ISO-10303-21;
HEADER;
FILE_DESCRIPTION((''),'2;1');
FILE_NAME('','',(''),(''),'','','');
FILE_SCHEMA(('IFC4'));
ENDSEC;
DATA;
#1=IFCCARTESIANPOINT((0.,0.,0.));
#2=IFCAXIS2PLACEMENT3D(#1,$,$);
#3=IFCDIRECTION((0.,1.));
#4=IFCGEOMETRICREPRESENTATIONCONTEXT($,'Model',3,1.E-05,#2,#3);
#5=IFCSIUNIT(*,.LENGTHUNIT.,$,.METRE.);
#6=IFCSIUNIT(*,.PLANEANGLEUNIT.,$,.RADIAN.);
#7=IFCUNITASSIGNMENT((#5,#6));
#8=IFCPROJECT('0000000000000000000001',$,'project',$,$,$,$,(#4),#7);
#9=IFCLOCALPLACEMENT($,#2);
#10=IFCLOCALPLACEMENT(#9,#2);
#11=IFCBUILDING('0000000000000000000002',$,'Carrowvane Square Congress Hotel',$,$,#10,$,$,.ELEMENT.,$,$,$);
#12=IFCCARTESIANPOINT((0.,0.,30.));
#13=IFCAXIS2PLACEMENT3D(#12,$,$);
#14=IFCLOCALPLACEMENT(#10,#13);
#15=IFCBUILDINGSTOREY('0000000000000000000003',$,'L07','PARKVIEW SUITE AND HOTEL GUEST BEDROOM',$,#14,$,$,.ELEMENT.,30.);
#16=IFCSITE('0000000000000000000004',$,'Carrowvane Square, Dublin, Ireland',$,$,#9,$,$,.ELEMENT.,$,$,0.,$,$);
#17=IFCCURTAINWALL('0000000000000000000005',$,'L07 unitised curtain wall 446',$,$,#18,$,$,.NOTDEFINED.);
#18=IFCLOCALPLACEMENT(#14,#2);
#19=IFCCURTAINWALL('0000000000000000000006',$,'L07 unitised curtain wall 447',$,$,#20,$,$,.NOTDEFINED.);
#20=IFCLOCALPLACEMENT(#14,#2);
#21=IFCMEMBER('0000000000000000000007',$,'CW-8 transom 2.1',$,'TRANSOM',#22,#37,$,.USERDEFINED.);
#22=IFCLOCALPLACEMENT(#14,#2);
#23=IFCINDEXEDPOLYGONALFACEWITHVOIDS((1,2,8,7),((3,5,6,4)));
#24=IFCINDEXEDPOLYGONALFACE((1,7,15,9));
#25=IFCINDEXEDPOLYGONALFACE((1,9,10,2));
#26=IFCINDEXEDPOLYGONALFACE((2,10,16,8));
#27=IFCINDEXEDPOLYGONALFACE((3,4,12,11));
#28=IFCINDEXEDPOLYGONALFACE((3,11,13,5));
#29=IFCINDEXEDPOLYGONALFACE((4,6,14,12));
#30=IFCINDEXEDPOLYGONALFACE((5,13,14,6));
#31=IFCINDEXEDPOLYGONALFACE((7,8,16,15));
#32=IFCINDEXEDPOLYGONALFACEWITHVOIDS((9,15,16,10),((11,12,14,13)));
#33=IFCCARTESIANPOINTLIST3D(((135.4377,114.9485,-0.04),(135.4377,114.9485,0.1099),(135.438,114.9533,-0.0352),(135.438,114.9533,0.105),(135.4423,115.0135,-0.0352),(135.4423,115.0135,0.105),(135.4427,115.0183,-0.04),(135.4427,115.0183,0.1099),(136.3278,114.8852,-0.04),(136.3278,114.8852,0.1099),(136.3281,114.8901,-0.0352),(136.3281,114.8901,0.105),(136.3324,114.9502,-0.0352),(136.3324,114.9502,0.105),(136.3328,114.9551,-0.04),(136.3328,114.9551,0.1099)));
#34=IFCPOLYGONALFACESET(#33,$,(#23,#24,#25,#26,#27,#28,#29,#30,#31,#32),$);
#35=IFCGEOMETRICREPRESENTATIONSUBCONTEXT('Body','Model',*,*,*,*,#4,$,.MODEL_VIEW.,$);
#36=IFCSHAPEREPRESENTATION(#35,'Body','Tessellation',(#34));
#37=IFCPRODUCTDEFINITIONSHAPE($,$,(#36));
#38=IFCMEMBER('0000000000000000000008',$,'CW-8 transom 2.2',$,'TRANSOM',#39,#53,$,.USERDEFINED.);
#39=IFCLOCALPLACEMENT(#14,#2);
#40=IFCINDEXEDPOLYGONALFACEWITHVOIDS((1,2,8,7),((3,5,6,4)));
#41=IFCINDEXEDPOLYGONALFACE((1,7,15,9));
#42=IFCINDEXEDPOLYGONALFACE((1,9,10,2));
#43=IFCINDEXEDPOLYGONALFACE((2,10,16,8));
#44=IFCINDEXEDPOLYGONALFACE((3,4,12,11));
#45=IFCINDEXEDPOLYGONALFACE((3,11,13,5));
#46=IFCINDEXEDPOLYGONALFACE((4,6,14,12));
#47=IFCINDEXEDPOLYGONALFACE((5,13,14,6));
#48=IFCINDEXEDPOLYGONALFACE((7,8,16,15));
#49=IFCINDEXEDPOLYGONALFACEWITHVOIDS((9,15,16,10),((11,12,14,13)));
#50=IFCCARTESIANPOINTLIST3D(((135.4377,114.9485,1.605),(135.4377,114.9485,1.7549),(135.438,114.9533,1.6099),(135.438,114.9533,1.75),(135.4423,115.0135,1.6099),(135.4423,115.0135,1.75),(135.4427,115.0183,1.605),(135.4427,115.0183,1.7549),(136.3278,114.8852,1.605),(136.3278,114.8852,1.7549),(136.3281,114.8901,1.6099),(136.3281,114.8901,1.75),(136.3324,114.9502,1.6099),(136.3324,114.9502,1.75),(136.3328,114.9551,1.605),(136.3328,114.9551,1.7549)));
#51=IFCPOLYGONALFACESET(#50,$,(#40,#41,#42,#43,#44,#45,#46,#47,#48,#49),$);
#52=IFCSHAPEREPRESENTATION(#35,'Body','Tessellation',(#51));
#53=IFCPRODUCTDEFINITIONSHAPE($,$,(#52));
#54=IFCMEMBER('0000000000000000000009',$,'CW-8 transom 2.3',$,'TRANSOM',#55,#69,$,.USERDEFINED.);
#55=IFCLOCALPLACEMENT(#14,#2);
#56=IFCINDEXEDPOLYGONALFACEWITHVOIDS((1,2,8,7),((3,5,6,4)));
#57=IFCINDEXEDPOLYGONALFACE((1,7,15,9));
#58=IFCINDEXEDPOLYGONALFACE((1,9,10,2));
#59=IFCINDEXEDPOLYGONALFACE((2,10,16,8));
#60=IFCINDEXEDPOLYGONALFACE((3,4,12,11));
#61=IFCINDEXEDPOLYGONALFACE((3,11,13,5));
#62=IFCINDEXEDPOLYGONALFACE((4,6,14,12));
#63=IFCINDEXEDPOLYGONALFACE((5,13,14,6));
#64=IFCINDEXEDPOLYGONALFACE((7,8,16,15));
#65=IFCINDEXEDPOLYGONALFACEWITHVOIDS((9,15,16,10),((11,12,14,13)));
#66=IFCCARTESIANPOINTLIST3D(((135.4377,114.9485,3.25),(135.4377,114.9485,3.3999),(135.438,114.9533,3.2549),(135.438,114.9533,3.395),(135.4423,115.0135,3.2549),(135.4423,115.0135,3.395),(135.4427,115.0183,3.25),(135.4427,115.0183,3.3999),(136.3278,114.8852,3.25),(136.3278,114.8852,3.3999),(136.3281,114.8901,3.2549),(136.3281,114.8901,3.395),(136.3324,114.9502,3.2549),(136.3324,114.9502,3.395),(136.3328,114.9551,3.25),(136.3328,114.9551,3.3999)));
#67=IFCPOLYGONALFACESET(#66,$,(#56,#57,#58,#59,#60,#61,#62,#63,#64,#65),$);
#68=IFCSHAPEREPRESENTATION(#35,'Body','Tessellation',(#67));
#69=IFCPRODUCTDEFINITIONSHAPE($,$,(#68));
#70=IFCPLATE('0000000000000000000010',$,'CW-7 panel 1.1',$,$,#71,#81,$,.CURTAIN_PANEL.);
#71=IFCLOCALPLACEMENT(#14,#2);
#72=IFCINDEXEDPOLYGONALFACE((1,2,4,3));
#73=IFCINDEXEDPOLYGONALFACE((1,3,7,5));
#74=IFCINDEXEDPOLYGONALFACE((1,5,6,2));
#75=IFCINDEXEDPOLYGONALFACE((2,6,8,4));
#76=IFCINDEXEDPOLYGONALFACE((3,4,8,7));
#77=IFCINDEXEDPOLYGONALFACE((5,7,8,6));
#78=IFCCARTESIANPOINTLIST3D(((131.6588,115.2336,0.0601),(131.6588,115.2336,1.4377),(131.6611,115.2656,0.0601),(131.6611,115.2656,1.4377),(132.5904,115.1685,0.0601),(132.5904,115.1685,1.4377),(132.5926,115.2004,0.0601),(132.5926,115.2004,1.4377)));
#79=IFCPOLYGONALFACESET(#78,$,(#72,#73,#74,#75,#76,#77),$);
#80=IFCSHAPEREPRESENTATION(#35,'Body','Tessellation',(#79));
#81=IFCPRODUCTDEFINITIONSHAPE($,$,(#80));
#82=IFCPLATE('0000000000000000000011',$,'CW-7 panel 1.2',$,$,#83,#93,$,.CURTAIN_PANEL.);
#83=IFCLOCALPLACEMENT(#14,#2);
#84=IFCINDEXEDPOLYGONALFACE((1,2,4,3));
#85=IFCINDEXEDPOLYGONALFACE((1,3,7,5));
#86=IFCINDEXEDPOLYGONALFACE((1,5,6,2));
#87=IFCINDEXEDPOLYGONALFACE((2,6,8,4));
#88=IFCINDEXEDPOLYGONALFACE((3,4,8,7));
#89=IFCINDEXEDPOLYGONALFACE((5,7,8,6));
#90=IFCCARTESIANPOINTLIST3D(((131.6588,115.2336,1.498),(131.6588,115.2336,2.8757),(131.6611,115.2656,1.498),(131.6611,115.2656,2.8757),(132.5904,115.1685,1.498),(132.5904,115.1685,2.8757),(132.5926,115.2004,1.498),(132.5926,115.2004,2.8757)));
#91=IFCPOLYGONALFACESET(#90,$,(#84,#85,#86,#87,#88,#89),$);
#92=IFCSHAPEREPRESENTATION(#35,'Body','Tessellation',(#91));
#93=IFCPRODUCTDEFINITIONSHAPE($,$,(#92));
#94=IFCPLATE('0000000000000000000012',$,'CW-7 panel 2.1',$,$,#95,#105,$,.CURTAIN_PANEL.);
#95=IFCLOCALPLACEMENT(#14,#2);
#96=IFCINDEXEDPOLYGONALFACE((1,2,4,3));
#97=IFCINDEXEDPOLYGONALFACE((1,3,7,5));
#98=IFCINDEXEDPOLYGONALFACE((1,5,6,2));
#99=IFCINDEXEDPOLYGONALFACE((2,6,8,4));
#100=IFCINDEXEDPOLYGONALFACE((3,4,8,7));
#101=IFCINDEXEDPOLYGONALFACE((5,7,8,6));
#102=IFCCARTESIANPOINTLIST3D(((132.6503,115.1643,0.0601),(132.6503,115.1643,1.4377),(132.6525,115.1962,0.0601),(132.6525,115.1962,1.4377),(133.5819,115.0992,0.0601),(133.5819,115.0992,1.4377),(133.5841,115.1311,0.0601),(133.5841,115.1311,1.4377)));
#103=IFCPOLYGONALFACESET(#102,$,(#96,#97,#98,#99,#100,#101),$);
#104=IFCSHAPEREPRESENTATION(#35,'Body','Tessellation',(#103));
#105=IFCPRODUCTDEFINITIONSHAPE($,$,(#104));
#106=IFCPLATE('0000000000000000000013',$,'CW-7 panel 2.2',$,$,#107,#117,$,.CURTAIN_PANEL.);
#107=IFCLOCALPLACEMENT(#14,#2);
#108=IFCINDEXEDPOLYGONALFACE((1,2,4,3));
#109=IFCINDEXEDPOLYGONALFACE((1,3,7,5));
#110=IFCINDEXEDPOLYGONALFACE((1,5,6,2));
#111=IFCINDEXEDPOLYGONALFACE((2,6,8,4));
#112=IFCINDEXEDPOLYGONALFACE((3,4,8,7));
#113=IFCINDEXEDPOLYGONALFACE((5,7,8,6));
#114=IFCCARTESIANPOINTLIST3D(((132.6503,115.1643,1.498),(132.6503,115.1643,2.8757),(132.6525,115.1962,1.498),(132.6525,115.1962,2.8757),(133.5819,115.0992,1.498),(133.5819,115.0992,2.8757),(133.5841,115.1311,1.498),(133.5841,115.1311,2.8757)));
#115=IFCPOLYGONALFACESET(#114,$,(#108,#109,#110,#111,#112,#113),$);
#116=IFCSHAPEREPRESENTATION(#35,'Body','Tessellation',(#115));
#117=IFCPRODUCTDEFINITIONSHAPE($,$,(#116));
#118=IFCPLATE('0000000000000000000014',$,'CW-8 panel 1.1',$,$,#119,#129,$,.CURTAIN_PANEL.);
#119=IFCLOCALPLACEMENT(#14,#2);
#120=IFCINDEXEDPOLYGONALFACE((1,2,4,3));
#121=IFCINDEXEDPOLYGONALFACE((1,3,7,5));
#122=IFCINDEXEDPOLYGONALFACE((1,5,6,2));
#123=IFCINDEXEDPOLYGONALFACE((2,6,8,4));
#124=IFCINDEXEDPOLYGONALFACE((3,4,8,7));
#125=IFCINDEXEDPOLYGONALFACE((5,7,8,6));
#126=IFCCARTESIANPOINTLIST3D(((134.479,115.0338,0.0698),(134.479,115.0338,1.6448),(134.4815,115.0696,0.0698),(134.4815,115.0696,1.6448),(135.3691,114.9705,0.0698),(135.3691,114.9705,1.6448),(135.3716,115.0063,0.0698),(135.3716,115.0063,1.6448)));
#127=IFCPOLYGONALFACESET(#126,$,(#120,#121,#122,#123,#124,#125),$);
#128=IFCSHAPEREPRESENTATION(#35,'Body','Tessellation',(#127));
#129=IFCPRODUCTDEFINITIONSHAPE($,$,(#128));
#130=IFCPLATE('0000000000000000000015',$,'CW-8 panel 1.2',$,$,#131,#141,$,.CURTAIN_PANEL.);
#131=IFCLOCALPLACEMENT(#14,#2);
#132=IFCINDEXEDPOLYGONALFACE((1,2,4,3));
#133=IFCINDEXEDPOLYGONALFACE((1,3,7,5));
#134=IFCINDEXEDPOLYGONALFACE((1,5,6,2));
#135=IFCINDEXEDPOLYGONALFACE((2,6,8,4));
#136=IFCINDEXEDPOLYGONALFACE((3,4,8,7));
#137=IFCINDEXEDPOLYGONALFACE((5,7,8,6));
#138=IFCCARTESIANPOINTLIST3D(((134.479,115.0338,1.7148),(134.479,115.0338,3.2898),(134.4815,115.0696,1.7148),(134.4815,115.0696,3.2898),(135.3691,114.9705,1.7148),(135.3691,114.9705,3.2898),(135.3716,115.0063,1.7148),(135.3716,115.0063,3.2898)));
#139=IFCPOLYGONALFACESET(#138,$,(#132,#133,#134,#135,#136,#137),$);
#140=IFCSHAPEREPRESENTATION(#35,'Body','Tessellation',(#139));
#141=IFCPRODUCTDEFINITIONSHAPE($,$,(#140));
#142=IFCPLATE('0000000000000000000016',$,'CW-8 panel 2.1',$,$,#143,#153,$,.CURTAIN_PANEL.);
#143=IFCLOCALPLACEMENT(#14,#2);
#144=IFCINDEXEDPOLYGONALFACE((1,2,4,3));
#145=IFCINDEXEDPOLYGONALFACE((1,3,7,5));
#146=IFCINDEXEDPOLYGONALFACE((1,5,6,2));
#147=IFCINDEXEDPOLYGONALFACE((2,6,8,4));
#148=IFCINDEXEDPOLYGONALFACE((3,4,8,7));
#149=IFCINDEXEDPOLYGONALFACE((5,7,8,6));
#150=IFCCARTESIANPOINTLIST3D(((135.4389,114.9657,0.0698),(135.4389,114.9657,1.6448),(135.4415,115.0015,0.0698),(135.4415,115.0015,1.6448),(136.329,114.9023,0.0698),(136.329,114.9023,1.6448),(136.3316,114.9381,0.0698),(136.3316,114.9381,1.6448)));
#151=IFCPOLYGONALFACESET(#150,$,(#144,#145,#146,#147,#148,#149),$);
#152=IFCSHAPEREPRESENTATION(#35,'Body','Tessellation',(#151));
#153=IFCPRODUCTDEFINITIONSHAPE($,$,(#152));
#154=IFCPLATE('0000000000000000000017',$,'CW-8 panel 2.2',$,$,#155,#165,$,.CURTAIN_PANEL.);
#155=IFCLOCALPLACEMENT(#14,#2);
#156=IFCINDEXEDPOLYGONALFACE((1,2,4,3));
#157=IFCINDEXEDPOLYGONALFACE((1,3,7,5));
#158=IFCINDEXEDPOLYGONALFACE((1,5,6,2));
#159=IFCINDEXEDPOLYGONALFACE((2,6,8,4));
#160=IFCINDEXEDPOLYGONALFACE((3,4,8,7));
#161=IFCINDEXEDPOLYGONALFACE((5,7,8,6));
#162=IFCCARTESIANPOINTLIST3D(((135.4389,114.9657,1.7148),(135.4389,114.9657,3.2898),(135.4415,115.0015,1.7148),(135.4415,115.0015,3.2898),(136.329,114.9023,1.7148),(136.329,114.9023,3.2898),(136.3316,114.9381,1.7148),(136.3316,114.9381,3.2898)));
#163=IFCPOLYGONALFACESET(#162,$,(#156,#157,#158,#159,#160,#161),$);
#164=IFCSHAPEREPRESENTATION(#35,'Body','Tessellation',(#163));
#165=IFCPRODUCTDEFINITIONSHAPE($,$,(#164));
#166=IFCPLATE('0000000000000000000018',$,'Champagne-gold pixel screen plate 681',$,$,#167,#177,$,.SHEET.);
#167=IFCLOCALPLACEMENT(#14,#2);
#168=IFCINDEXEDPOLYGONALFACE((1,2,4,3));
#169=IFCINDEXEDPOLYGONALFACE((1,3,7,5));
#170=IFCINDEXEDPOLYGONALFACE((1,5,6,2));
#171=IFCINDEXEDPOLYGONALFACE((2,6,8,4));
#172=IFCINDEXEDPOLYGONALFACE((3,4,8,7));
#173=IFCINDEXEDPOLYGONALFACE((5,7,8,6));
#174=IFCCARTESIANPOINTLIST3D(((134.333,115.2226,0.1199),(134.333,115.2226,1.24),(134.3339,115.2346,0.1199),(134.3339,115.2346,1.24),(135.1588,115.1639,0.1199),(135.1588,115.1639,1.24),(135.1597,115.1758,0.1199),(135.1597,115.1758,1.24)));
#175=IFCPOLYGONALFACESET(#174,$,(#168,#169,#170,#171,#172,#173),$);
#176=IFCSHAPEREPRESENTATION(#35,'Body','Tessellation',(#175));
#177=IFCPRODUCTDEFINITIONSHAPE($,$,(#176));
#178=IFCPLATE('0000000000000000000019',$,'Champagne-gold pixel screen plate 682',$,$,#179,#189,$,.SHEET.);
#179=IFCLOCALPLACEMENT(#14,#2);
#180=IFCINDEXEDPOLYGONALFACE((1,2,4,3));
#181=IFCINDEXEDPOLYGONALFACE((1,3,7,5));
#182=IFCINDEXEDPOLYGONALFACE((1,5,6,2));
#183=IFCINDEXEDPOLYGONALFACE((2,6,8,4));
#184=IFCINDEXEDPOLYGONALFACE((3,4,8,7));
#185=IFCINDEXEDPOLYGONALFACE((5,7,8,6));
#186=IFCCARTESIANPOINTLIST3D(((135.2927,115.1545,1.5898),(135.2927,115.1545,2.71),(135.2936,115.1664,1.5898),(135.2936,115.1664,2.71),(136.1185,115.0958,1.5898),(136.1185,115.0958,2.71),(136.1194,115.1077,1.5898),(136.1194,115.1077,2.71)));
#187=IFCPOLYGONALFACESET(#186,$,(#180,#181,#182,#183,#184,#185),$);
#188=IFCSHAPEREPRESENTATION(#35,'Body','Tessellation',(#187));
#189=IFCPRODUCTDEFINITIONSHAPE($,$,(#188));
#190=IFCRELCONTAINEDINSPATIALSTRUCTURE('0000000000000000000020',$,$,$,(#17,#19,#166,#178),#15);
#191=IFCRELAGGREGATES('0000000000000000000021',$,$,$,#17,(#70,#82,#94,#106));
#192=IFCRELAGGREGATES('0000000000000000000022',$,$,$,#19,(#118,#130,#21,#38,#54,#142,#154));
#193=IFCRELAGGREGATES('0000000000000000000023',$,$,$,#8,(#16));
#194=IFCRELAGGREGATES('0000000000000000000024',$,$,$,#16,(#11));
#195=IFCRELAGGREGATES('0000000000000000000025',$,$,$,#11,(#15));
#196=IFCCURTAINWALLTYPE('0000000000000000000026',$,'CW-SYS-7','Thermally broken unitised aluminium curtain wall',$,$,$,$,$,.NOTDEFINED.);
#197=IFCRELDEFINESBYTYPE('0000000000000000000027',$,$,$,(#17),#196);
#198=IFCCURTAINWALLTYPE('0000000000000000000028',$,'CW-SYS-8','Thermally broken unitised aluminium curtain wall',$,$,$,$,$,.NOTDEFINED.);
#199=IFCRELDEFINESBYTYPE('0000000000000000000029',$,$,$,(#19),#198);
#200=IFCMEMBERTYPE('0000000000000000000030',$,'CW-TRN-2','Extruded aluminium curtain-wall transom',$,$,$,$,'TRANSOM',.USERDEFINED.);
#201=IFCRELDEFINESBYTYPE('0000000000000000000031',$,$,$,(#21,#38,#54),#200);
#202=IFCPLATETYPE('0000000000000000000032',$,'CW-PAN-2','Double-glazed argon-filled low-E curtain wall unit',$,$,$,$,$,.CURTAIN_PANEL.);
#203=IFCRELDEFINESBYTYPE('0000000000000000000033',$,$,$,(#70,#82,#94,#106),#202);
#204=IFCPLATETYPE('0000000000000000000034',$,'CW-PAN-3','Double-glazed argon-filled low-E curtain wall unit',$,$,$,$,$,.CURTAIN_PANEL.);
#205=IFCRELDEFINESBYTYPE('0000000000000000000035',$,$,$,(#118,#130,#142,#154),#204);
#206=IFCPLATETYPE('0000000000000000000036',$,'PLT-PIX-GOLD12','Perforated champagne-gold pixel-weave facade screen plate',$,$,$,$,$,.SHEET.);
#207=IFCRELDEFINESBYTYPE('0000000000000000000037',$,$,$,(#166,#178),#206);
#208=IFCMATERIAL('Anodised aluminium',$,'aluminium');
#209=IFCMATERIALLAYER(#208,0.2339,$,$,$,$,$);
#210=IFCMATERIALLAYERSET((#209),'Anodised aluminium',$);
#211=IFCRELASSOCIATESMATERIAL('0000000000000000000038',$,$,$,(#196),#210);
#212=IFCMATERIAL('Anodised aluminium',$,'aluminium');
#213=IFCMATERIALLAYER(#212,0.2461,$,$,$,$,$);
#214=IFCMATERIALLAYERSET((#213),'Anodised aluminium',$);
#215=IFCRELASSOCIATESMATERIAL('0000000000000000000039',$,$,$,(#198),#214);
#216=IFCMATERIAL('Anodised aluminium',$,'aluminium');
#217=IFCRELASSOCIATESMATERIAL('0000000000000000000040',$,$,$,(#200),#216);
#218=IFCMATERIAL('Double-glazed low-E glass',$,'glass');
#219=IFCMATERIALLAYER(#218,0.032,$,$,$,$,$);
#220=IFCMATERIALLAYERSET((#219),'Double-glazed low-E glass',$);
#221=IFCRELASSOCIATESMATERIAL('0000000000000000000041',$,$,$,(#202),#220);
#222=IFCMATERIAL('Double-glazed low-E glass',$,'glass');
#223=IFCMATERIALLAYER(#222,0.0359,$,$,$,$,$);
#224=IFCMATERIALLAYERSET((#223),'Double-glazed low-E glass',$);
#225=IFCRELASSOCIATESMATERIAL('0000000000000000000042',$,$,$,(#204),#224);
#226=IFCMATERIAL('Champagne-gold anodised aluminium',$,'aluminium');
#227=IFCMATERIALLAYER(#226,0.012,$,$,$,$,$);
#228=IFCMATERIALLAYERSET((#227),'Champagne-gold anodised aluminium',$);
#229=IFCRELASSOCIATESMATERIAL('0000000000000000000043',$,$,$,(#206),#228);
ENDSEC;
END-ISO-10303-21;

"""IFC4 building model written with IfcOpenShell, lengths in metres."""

from ifc_helpers import new_model, si_unit, direction, frame, origin, origin_2d, place, context, subcontext, project, spatial, rectangle, hollow_rectangle, extrude, material, layer, layer_set, material_profile, profile_set, type_object, element, aggregate, save


model = new_model("IFC4")

# Units and contexts
model_context = context("Model", 3, precision=1e-05, world=origin(), true_north=direction((0.0, 1.0)))
body_context = subcontext(model_context, "Body", "Model", "MODEL_VIEW")
ifc_project = project(units=[si_unit("LENGTHUNIT", "METRE"), si_unit("PLANEANGLEUNIT", "RADIAN")], contexts=[model_context])

# Site, building, storey
site_placement = place(None, origin())
site = spatial("IfcSite", under=ifc_project, at=site_placement, Name="Carrowvane Square, Dublin, Ireland", CompositionType="ELEMENT", RefElevation=0.0)
building_placement = place(site_placement, origin())
building = spatial("IfcBuilding", under=site, at=building_placement, Name="Carrowvane Square Congress Hotel", CompositionType="ELEMENT")
storey_placement = place(building_placement, frame((0.0, 0.0, 30.0)))
storey = spatial("IfcBuildingStorey", under=building, at=storey_placement, Name="L07", Description="PARKVIEW SUITE AND HOTEL GUEST BEDROOM", CompositionType="ELEMENT", Elevation=30.0)

# Curtain wall
ifc_material_1 = material(Name="Anodised aluminium", Category="aluminium")
ifc_layer_1 = layer(ifc_material_1, 0.2339)
ifc_layer_set_1 = layer_set([ifc_layer_1], Name="Anodised aluminium")
curtain_wall_type_1 = type_object("IfcCurtainWallType", Name="CW-SYS-7", Description="Thermally broken unitised aluminium curtain wall", PredefinedType="NOTDEFINED", material=ifc_layer_set_1)
curtain_wall_1_placement = place(storey_placement, origin())
curtain_wall_1 = element("IfcCurtainWall", 1, at=curtain_wall_1_placement, inside=storey, type_object=curtain_wall_type_1, Name="L07 unitised curtain wall 446", PredefinedType="NOTDEFINED")

# Curtain wall
ifc_material_2 = material(Name="Anodised aluminium", Category="aluminium")
ifc_layer_2 = layer(ifc_material_2, 0.2461)
ifc_layer_set_2 = layer_set([ifc_layer_2], Name="Anodised aluminium")
curtain_wall_type_2 = type_object("IfcCurtainWallType", Name="CW-SYS-8", Description="Thermally broken unitised aluminium curtain wall", PredefinedType="NOTDEFINED", material=ifc_layer_set_2)
curtain_wall_2_placement = place(storey_placement, origin())
curtain_wall_2 = element("IfcCurtainWall", 2, at=curtain_wall_2_placement, inside=storey, type_object=curtain_wall_type_2, Name="L07 unitised curtain wall 447", PredefinedType="NOTDEFINED")

# Members
ifc_material_3 = material(Name="Anodised aluminium", Category="aluminium")
ifc_material_profile_1 = material_profile(ifc_material_3, hollow_rectangle(XDim=0.0701, YDim=0.1499, WallThickness=0.0049, at=origin_2d()), Name="CW-TR 70x150x5")
ifc_profile_set_1 = profile_set([ifc_material_profile_1], Name="Anodised aluminium")
member_type_1 = type_object("IfcMemberType", Name="CW-TRN-2", Description="Extruded aluminium curtain-wall transom", ElementType="TRANSOM", PredefinedType="USERDEFINED", material=ifc_profile_set_1)
member_1_placement = place(storey_placement, frame((135.4402, 114.9834, 0.0349), z_axis=(0.997486, -0.070858, 0.0), x_axis=(0.070858, 0.997486, 0.0)))
member_1 = element("IfcMember", 3, at=member_1_placement, type_object=member_type_1, Name="CW-8 transom 2.1", ObjectType="TRANSOM", PredefinedType="USERDEFINED", context=body_context, shape_type="SweptSolid", body=[
    extrude(hollow_rectangle(XDim=0.0701, YDim=0.1499, WallThickness=0.0049, at=origin_2d()), origin(), (0.0, 0.0, 1.0), 0.8923),
])
member_2_placement = place(storey_placement, frame((135.4402, 114.9834, 1.6799), z_axis=(0.997486, -0.070858, 0.0), x_axis=(0.070858, 0.997486, 0.0)))
member_2 = element("IfcMember", 4, at=member_2_placement, type_object=member_type_1, Name="CW-8 transom 2.2", ObjectType="TRANSOM", PredefinedType="USERDEFINED", context=body_context, shape_type="SweptSolid", body=[
    extrude(hollow_rectangle(XDim=0.0701, YDim=0.1499, WallThickness=0.0049, at=origin_2d()), origin(), (0.0, 0.0, 1.0), 0.8923),
])
member_3_placement = place(storey_placement, frame((135.4402, 114.9834, 3.325), z_axis=(0.997486, -0.070858, 0.0), x_axis=(0.070858, 0.997486, 0.0)))
member_3 = element("IfcMember", 5, at=member_3_placement, type_object=member_type_1, Name="CW-8 transom 2.3", ObjectType="TRANSOM", PredefinedType="USERDEFINED", context=body_context, shape_type="SweptSolid", body=[
    extrude(hollow_rectangle(XDim=0.0701, YDim=0.1499, WallThickness=0.0049, at=origin_2d()), origin(), (0.0, 0.0, 1.0), 0.8923),
])

# Plates
ifc_material_4 = material(Name="Double-glazed low-E glass", Category="glass")
ifc_layer_3 = layer(ifc_material_4, 0.032)
ifc_layer_set_3 = layer_set([ifc_layer_3], Name="Double-glazed low-E glass")
plate_type_1 = type_object("IfcPlateType", Name="CW-PAN-2", Description="Double-glazed argon-filled low-E curtain wall unit", PredefinedType="CURTAIN_PANEL", material=ifc_layer_set_3)
plate_1_placement = place(storey_placement, frame((132.1257, 115.217, 0.0601), z_axis=(0.0, 0.0, 1.0), x_axis=(0.997566, -0.069727, 0.0)))
plate_1 = element("IfcPlate", 6, at=plate_1_placement, type_object=plate_type_1, Name="CW-7 panel 1.1", PredefinedType="CURTAIN_PANEL", context=body_context, shape_type="SweptSolid", body=[
    extrude(rectangle(XDim=0.9338, YDim=0.032, at=origin_2d()), origin(), (0.0, 0.0, 1.0), 1.3777),
])
plate_2_placement = place(storey_placement, frame((132.1257, 115.217, 1.498), z_axis=(0.0, 0.0, 1.0), x_axis=(0.997566, -0.069727, 0.0)))
plate_2 = element("IfcPlate", 7, at=plate_2_placement, type_object=plate_type_1, Name="CW-7 panel 1.2", PredefinedType="CURTAIN_PANEL", context=body_context, shape_type="SweptSolid", body=[
    extrude(rectangle(XDim=0.9338, YDim=0.032, at=origin_2d()), origin(), (0.0, 0.0, 1.0), 1.3777),
])
plate_3_placement = place(storey_placement, frame((133.1172, 115.1477, 0.0601), z_axis=(0.0, 0.0, 1.0), x_axis=(0.997566, -0.069727, 0.0)))
plate_3 = element("IfcPlate", 8, at=plate_3_placement, type_object=plate_type_1, Name="CW-7 panel 2.1", PredefinedType="CURTAIN_PANEL", context=body_context, shape_type="SweptSolid", body=[
    extrude(rectangle(XDim=0.9338, YDim=0.032, at=origin_2d()), origin(), (0.0, 0.0, 1.0), 1.3777),
])
plate_4_placement = place(storey_placement, frame((133.1172, 115.1477, 1.498), z_axis=(0.0, 0.0, 1.0), x_axis=(0.997566, -0.069727, 0.0)))
plate_4 = element("IfcPlate", 9, at=plate_4_placement, type_object=plate_type_1, Name="CW-7 panel 2.2", PredefinedType="CURTAIN_PANEL", context=body_context, shape_type="SweptSolid", body=[
    extrude(rectangle(XDim=0.9338, YDim=0.032, at=origin_2d()), origin(), (0.0, 0.0, 1.0), 1.3777),
])
aggregate(curtain_wall_1, [plate_1, plate_2, plate_3, plate_4])
ifc_material_5 = material(Name="Double-glazed low-E glass", Category="glass")
ifc_layer_4 = layer(ifc_material_5, 0.0359)
ifc_layer_set_4 = layer_set([ifc_layer_4], Name="Double-glazed low-E glass")
plate_type_2 = type_object("IfcPlateType", Name="CW-PAN-3", Description="Double-glazed argon-filled low-E curtain wall unit", PredefinedType="CURTAIN_PANEL", material=ifc_layer_set_4)
plate_5_placement = place(storey_placement, frame((134.9253, 115.02, 0.0698), z_axis=(0.0, 0.0, 1.0), x_axis=(0.997479, -0.07096, 0.0)))
plate_5 = element("IfcPlate", 10, at=plate_5_placement, type_object=plate_type_2, Name="CW-8 panel 1.1", PredefinedType="CURTAIN_PANEL", context=body_context, shape_type="SweptSolid", body=[
    extrude(rectangle(XDim=0.8923, YDim=0.0359, at=origin_2d()), origin(), (0.0, 0.0, 1.0), 1.575),
])
plate_6_placement = place(storey_placement, frame((134.9253, 115.02, 1.7148), z_axis=(0.0, 0.0, 1.0), x_axis=(0.997479, -0.07096, 0.0)))
plate_6 = element("IfcPlate", 11, at=plate_6_placement, type_object=plate_type_2, Name="CW-8 panel 1.2", PredefinedType="CURTAIN_PANEL", context=body_context, shape_type="SweptSolid", body=[
    extrude(rectangle(XDim=0.8923, YDim=0.0359, at=origin_2d()), origin(), (0.0, 0.0, 1.0), 1.575),
])
plate_7_placement = place(storey_placement, frame((135.8853, 114.9519, 0.0698), z_axis=(0.0, 0.0, 1.0), x_axis=(0.997479, -0.07096, 0.0)))
plate_7 = element("IfcPlate", 12, at=plate_7_placement, type_object=plate_type_2, Name="CW-8 panel 2.1", PredefinedType="CURTAIN_PANEL", context=body_context, shape_type="SweptSolid", body=[
    extrude(rectangle(XDim=0.8923, YDim=0.0359, at=origin_2d()), origin(), (0.0, 0.0, 1.0), 1.575),
])
plate_8_placement = place(storey_placement, frame((135.8853, 114.9519, 1.7148), z_axis=(0.0, 0.0, 1.0), x_axis=(0.997479, -0.07096, 0.0)))
plate_8 = element("IfcPlate", 13, at=plate_8_placement, type_object=plate_type_2, Name="CW-8 panel 2.2", PredefinedType="CURTAIN_PANEL", context=body_context, shape_type="SweptSolid", body=[
    extrude(rectangle(XDim=0.8923, YDim=0.0359, at=origin_2d()), origin(), (0.0, 0.0, 1.0), 1.575),
])
aggregate(curtain_wall_2, [plate_5, plate_6, member_1, member_2, member_3, plate_7, plate_8])

# Plates
ifc_material_6 = material(Name="Champagne-gold anodised aluminium", Category="aluminium")
ifc_layer_5 = layer(ifc_material_6, 0.012)
ifc_layer_set_5 = layer_set([ifc_layer_5], Name="Champagne-gold anodised aluminium")
plate_type_3 = type_object("IfcPlateType", Name="PLT-PIX-GOLD12", Description="Perforated champagne-gold pixel-weave facade screen plate", PredefinedType="SHEET", material=ifc_layer_set_5)
for number, where, z_axis, x_axis, name in (
    (14, (134.7463, 115.1992, 0.1199), (0.0, 0.0, 1.0), (0.997479, -0.070957, 0.0), "Champagne-gold pixel screen plate 681"),
    (15, (135.7061, 115.1311, 1.5898), (0.0, 0.0, 1.0), (0.997479, -0.070957, 0.0), "Champagne-gold pixel screen plate 682"),
):
    element("IfcPlate", number, at=place(storey_placement, frame(where, z_axis=z_axis, x_axis=x_axis)), inside=storey, type_object=plate_type_3, Name=name, PredefinedType="SHEET", context=body_context, shape_type="SweptSolid", body=[
        extrude(rectangle(XDim=0.8279, YDim=0.012, at=origin_2d()), origin(), (0.0, 0.0, 1.0), 1.1201),
    ])

save(model, "model.ifc")
